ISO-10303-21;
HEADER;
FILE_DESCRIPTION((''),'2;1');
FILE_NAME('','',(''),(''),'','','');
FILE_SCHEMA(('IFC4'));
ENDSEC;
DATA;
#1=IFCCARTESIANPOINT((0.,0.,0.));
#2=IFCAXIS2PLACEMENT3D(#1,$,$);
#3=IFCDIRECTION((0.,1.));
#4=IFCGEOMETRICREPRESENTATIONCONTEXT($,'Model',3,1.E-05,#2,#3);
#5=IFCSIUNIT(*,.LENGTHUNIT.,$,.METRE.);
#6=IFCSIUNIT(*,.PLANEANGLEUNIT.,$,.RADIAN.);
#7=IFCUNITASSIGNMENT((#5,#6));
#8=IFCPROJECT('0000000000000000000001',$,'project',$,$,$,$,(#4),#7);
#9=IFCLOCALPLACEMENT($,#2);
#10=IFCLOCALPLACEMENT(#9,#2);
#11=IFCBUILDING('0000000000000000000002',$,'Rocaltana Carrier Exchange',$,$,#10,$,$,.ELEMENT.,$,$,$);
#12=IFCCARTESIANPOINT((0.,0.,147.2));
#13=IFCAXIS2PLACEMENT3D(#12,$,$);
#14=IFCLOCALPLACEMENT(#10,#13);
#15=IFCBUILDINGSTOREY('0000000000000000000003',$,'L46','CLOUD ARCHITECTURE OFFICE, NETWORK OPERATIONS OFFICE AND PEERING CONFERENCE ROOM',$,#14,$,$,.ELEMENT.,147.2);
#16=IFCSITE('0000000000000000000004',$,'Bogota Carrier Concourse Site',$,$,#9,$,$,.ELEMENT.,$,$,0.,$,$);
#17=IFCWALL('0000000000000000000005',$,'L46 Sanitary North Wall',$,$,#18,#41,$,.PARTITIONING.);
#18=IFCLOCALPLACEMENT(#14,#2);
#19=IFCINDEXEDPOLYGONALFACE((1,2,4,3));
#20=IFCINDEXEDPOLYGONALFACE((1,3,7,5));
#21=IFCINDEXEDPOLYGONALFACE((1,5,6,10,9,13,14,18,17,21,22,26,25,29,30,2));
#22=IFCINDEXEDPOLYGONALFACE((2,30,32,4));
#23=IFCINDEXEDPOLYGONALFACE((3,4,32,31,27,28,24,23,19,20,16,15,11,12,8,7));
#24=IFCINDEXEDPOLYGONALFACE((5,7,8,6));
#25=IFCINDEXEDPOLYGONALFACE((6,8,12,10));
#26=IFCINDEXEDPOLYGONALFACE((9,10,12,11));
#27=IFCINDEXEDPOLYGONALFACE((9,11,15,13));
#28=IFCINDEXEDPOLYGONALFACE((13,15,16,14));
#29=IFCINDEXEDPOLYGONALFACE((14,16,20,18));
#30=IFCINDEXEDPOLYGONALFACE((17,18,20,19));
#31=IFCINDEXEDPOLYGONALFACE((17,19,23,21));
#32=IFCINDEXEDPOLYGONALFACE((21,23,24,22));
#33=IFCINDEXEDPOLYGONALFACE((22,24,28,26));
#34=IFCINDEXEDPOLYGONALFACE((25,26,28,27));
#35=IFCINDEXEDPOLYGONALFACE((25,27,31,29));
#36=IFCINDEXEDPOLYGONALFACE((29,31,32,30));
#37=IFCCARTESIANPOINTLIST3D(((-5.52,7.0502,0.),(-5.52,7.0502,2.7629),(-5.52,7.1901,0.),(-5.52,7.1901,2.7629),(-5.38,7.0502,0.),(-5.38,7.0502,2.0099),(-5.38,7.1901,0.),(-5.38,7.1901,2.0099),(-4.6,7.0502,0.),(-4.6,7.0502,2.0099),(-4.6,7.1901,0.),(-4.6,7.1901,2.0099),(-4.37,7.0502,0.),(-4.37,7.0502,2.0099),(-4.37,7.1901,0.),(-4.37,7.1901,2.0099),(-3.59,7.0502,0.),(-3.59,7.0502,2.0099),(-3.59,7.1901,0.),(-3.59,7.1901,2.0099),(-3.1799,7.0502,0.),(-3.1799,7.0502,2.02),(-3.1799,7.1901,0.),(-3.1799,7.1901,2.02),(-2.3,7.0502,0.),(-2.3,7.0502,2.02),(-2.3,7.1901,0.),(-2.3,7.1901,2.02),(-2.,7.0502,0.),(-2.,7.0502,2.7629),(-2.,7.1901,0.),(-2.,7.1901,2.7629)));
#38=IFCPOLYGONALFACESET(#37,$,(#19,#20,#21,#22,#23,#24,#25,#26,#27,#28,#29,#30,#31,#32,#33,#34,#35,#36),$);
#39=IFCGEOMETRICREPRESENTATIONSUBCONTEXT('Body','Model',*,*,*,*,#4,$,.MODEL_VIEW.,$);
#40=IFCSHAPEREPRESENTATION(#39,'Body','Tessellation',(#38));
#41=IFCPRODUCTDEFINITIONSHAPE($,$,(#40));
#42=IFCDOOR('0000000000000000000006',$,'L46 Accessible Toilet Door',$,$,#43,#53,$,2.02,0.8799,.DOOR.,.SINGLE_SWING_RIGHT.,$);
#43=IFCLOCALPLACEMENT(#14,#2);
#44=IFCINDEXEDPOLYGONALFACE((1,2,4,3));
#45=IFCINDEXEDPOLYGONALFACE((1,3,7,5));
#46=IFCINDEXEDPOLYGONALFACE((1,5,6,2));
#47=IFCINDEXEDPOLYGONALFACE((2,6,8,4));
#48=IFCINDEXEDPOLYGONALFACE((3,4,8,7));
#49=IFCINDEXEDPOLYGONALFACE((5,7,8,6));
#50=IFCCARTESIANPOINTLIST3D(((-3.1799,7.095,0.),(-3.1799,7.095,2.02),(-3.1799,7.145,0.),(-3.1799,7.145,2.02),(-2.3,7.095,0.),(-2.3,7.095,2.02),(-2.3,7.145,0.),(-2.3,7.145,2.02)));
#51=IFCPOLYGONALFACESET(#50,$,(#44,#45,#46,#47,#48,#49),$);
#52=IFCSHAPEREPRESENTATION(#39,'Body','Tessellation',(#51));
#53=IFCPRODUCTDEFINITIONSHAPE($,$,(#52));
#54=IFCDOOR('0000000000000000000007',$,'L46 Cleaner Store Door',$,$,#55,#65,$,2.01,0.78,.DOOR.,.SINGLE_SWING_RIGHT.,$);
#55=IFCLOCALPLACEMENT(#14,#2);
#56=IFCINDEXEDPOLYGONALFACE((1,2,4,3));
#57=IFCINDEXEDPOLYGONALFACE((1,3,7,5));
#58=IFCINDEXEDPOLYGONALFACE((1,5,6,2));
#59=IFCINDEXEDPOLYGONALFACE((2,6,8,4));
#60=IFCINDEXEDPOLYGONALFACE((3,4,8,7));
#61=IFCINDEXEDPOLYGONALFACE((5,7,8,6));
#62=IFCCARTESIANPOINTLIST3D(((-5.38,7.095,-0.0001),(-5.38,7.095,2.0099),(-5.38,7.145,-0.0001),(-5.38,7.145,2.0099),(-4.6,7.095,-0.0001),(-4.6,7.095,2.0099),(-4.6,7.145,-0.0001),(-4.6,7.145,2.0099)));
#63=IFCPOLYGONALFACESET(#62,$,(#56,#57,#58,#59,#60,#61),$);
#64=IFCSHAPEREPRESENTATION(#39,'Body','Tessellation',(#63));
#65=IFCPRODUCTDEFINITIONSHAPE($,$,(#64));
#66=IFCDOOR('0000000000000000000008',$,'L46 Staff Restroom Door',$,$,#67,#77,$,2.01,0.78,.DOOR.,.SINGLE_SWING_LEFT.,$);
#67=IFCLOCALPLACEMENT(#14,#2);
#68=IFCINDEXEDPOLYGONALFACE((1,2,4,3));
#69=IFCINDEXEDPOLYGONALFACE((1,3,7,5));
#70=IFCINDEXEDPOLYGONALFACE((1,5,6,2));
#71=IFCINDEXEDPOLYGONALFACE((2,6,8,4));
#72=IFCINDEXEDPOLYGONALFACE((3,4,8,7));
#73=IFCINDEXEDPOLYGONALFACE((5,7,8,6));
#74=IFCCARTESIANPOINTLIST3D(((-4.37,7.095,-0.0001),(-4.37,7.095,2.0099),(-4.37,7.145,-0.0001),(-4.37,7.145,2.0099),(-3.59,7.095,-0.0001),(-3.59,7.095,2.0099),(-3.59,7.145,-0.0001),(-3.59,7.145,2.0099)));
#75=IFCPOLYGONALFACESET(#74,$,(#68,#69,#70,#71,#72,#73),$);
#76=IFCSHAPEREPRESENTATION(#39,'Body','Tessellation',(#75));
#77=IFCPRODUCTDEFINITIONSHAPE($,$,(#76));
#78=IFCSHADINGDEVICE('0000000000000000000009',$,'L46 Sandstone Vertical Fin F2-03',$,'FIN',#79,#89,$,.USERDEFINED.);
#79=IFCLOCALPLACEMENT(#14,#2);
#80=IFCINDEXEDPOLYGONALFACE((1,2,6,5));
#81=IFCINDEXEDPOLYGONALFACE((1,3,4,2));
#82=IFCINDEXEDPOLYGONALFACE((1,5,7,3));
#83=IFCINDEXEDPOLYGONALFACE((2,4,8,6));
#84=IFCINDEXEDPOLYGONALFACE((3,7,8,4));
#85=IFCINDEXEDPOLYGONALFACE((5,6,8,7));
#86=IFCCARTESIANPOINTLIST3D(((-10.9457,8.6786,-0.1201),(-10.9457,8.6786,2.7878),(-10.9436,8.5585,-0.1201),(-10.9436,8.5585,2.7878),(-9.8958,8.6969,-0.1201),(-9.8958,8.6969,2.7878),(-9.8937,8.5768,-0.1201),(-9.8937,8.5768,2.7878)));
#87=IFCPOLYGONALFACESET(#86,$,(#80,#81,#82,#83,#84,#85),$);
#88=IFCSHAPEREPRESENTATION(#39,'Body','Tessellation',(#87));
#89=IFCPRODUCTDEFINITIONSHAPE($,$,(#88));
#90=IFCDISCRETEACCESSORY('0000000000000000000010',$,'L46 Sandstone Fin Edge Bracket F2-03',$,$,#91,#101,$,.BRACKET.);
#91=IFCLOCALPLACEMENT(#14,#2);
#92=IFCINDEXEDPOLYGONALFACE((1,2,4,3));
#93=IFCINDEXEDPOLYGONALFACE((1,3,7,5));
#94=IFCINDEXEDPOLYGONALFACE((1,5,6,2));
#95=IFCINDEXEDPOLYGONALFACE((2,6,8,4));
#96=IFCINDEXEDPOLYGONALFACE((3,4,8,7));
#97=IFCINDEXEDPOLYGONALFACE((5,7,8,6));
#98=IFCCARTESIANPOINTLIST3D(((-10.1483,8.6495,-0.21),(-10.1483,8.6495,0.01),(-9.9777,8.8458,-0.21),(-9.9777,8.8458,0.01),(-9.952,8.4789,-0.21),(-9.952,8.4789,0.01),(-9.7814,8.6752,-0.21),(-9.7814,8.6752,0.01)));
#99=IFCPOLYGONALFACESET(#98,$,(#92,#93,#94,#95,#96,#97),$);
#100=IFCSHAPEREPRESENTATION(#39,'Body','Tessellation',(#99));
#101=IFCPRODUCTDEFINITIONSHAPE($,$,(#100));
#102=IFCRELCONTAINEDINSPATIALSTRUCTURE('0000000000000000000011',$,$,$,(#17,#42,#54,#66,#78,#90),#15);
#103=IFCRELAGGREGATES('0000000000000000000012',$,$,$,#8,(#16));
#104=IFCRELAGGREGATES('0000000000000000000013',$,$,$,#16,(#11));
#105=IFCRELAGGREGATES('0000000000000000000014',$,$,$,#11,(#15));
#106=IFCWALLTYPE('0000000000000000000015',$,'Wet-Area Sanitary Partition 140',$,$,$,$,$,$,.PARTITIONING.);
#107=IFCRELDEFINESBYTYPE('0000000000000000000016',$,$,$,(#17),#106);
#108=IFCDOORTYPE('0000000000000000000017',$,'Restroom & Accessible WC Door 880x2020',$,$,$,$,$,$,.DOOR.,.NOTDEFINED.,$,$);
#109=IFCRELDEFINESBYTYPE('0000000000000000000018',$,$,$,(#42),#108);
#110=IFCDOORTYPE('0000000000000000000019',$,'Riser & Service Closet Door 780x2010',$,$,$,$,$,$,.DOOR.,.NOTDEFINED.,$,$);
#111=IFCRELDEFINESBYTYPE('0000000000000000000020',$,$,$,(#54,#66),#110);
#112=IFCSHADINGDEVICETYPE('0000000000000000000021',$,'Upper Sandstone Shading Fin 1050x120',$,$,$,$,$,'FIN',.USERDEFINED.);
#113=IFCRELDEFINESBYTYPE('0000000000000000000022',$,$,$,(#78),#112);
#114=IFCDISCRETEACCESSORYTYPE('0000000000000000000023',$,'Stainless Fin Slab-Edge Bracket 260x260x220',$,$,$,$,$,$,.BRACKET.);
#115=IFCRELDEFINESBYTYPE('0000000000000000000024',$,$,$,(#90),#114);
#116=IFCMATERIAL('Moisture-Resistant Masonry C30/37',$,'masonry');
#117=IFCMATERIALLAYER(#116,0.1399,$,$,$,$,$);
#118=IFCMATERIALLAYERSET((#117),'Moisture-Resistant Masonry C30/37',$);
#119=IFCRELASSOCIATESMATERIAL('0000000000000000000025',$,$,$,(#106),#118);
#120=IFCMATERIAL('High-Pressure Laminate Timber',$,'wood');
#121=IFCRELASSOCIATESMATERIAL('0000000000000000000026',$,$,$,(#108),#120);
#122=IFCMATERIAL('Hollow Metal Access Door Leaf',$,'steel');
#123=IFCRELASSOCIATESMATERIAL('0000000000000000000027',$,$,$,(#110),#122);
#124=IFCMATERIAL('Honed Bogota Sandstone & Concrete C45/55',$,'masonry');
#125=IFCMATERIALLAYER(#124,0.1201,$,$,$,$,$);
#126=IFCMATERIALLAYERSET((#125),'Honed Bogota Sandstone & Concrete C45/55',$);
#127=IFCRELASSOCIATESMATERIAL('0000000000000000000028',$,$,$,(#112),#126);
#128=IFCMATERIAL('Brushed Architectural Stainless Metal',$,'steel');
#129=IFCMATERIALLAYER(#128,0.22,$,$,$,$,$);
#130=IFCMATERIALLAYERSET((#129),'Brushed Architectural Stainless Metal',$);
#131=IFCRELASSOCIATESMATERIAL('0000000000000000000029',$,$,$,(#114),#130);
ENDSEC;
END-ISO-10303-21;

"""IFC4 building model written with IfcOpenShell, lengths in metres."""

from ifc_helpers import new_model, si_unit, direction, frame, frame_2d, origin, origin_2d, place, context, subcontext, project, spatial, rectangle, extrude, material, layer, layer_set, type_object, element, fill, save


model = new_model("IFC4")

# Units and contexts
model_context = context("Model", 3, precision=1e-05, world=origin(), true_north=direction((0.0, 1.0)))
body_context = subcontext(model_context, "Body", "Model", "MODEL_VIEW")
ifc_project = project(units=[si_unit("LENGTHUNIT", "METRE"), si_unit("PLANEANGLEUNIT", "RADIAN")], contexts=[model_context])

# Site, building, storey
site_placement = place(None, origin())
site = spatial("IfcSite", under=ifc_project, at=site_placement, Name="Bogota Carrier Concourse Site", CompositionType="ELEMENT", RefElevation=0.0)
building_placement = place(site_placement, origin())
building = spatial("IfcBuilding", under=site, at=building_placement, Name="Rocaltana Carrier Exchange", CompositionType="ELEMENT")
storey_placement = place(building_placement, frame((0.0, 0.0, 147.2)))
storey = spatial("IfcBuildingStorey", under=building, at=storey_placement, Name="L46", Description="CLOUD ARCHITECTURE OFFICE, NETWORK OPERATIONS OFFICE AND PEERING CONFERENCE ROOM", CompositionType="ELEMENT", Elevation=147.2)

# Shared definitions
ifc_material_1 = material(Name="Moisture-Resistant Masonry C30/37", Category="masonry")
ifc_layer_1 = layer(ifc_material_1, 0.1399)
ifc_layer_set_1 = layer_set([ifc_layer_1], Name="Moisture-Resistant Masonry C30/37")
wall_type_1 = type_object("IfcWallType", Name="Wet-Area Sanitary Partition 140", PredefinedType="PARTITIONING", material=ifc_layer_set_1)

# Wall, openings, doors
wall_1_placement = place(storey_placement, frame((-5.52, 7.1201, 0.0), z_axis=(0.0, 0.0, 1.0), x_axis=(1.0, 0.0, 0.0)))
wall_1 = element("IfcWall", 1, at=wall_1_placement, inside=storey, type_object=wall_type_1, Name="L46 Sanitary North Wall", PredefinedType="PARTITIONING", context=body_context, shape_type="SweptSolid", body=[
    extrude(rectangle(XDim=3.52, YDim=0.1399, at=frame_2d((1.76, 0.0))), origin(), (0.0, 0.0, 1.0), 2.7629),
])
opening_1_placement = place(wall_1_placement, frame((0.1399, 0.0, 0.0)))
opening_1 = element("IfcOpeningElement", 2, at=opening_1_placement, cuts=wall_1, PredefinedType="OPENING", context=body_context, shape_type="SweptSolid", body=[
    extrude(rectangle(XDim=0.78, YDim=2.01, at=frame_2d((0.3901, 1.0049))), frame((0.0, 0.0798, 0.0), z_axis=(0.0, -1.0, 0.0), x_axis=(1.0, 0.0, 0.0)), (0.0, 0.0, 1.0), 0.1599),
])
opening_2_placement = place(wall_1_placement, frame((1.1499, 0.0, 0.0)))
opening_2 = element("IfcOpeningElement", 3, at=opening_2_placement, cuts=wall_1, PredefinedType="OPENING", context=body_context, shape_type="SweptSolid", body=[
    extrude(rectangle(XDim=0.78, YDim=2.01, at=frame_2d((0.3901, 1.0049))), frame((0.0, 0.0798, 0.0), z_axis=(0.0, -1.0, 0.0), x_axis=(1.0, 0.0, 0.0)), (0.0, 0.0, 1.0), 0.1599),
])
opening_3_placement = place(wall_1_placement, frame((2.3401, 0.0, 0.0)))
opening_3 = element("IfcOpeningElement", 4, at=opening_3_placement, cuts=wall_1, PredefinedType="OPENING", context=body_context, shape_type="SweptSolid", body=[
    extrude(rectangle(XDim=0.8799, YDim=2.02, at=frame_2d((0.4399, 1.01))), frame((0.0, 0.0798, 0.0), z_axis=(0.0, -1.0, 0.0), x_axis=(1.0, 0.0, 0.0)), (0.0, 0.0, 1.0), 0.1599),
])
ifc_material_2 = material(Name="High-Pressure Laminate Timber", Category="wood")
door_type_1 = type_object("IfcDoorType", Name="Restroom & Accessible WC Door 880x2020", OperationType="NOTDEFINED", PredefinedType="DOOR", material=ifc_material_2)
door_1_placement = place(opening_3_placement, origin())
door_1 = element("IfcDoor", 5, at=door_1_placement, inside=storey, type_object=door_type_1, Name="L46 Accessible Toilet Door", OperationType="SINGLE_SWING_RIGHT", OverallHeight=2.02, OverallWidth=0.8799, PredefinedType="DOOR", context=body_context, shape_type="SweptSolid", body=[
    extrude(rectangle(XDim=0.8799, YDim=2.02, at=frame_2d((0.4399, 1.01))), frame((0.0, 0.0249, 0.0), z_axis=(0.0, -1.0, 0.0), x_axis=(1.0, 0.0, 0.0)), (0.0, 0.0, 1.0), 0.05),
])
fill(opening_3, door_1)
ifc_material_3 = material(Name="Hollow Metal Access Door Leaf", Category="steel")
door_type_2 = type_object("IfcDoorType", Name="Riser & Service Closet Door 780x2010", OperationType="NOTDEFINED", PredefinedType="DOOR", material=ifc_material_3)
door_2_placement = place(opening_1_placement, origin())
door_2 = element("IfcDoor", 6, at=door_2_placement, inside=storey, type_object=door_type_2, Name="L46 Cleaner Store Door", OperationType="SINGLE_SWING_RIGHT", OverallHeight=2.01, OverallWidth=0.78, PredefinedType="DOOR", context=body_context, shape_type="SweptSolid", body=[
    extrude(rectangle(XDim=0.78, YDim=2.01, at=frame_2d((0.3901, 1.0049))), frame((0.0, 0.0249, 0.0), z_axis=(0.0, -1.0, 0.0), x_axis=(1.0, 0.0, 0.0)), (0.0, 0.0, 1.0), 0.05),
])
fill(opening_1, door_2)
door_3_placement = place(opening_2_placement, origin())
door_3 = element("IfcDoor", 7, at=door_3_placement, inside=storey, type_object=door_type_2, Name="L46 Staff Restroom Door", OperationType="SINGLE_SWING_LEFT", OverallHeight=2.01, OverallWidth=0.78, PredefinedType="DOOR", context=body_context, shape_type="SweptSolid", body=[
    extrude(rectangle(XDim=0.78, YDim=2.01, at=frame_2d((0.3901, 1.0049))), frame((0.0, 0.0249, 0.0), z_axis=(0.0, -1.0, 0.0), x_axis=(1.0, 0.0, 0.0)), (0.0, 0.0, 1.0), 0.05),
])
fill(opening_2, door_3)

# Shading device
ifc_material_4 = material(Name="Honed Bogota Sandstone & Concrete C45/55", Category="masonry")
ifc_layer_2 = layer(ifc_material_4, 0.1201)
ifc_layer_set_2 = layer_set([ifc_layer_2], Name="Honed Bogota Sandstone & Concrete C45/55")
shading_device_type = type_object("IfcShadingDeviceType", Name="Upper Sandstone Shading Fin 1050x120", ElementType="FIN", PredefinedType="USERDEFINED", material=ifc_layer_set_2)
shading_device_placement = place(storey_placement, frame((-10.4197, 8.6277, -0.1201), z_axis=(0.0, 0.0, 1.0), x_axis=(-0.999848, -0.017452, 0.0)))
element("IfcShadingDevice", 8, at=shading_device_placement, inside=storey, type_object=shading_device_type, Name="L46 Sandstone Vertical Fin F2-03", ObjectType="FIN", PredefinedType="USERDEFINED", context=body_context, shape_type="SweptSolid", body=[
    extrude(rectangle(XDim=1.05, YDim=0.1201, at=origin_2d()), origin(), (0.0, 0.0, 1.0), 2.908),
])

# Discrete accessory
ifc_material_5 = material(Name="Brushed Architectural Stainless Metal", Category="steel")
ifc_layer_3 = layer(ifc_material_5, 0.22)
ifc_layer_set_3 = layer_set([ifc_layer_3], Name="Brushed Architectural Stainless Metal")
discrete_accessory_type = type_object("IfcDiscreteAccessoryType", Name="Stainless Fin Slab-Edge Bracket 260x260x220", PredefinedType="BRACKET", material=ifc_layer_set_3)
discrete_accessory_placement = place(storey_placement, frame((-9.9648, 8.6624, -0.21), z_axis=(0.0, 0.0, 1.0), x_axis=(-0.656059, -0.75471, 0.0)))
element("IfcDiscreteAccessory", 9, at=discrete_accessory_placement, inside=storey, type_object=discrete_accessory_type, Name="L46 Sandstone Fin Edge Bracket F2-03", PredefinedType="BRACKET", context=body_context, shape_type="SweptSolid", body=[
    extrude(rectangle(XDim=0.26, YDim=0.26, at=origin_2d()), origin(), (0.0, 0.0, 1.0), 0.22),
])

save(model, "model.ifc")
